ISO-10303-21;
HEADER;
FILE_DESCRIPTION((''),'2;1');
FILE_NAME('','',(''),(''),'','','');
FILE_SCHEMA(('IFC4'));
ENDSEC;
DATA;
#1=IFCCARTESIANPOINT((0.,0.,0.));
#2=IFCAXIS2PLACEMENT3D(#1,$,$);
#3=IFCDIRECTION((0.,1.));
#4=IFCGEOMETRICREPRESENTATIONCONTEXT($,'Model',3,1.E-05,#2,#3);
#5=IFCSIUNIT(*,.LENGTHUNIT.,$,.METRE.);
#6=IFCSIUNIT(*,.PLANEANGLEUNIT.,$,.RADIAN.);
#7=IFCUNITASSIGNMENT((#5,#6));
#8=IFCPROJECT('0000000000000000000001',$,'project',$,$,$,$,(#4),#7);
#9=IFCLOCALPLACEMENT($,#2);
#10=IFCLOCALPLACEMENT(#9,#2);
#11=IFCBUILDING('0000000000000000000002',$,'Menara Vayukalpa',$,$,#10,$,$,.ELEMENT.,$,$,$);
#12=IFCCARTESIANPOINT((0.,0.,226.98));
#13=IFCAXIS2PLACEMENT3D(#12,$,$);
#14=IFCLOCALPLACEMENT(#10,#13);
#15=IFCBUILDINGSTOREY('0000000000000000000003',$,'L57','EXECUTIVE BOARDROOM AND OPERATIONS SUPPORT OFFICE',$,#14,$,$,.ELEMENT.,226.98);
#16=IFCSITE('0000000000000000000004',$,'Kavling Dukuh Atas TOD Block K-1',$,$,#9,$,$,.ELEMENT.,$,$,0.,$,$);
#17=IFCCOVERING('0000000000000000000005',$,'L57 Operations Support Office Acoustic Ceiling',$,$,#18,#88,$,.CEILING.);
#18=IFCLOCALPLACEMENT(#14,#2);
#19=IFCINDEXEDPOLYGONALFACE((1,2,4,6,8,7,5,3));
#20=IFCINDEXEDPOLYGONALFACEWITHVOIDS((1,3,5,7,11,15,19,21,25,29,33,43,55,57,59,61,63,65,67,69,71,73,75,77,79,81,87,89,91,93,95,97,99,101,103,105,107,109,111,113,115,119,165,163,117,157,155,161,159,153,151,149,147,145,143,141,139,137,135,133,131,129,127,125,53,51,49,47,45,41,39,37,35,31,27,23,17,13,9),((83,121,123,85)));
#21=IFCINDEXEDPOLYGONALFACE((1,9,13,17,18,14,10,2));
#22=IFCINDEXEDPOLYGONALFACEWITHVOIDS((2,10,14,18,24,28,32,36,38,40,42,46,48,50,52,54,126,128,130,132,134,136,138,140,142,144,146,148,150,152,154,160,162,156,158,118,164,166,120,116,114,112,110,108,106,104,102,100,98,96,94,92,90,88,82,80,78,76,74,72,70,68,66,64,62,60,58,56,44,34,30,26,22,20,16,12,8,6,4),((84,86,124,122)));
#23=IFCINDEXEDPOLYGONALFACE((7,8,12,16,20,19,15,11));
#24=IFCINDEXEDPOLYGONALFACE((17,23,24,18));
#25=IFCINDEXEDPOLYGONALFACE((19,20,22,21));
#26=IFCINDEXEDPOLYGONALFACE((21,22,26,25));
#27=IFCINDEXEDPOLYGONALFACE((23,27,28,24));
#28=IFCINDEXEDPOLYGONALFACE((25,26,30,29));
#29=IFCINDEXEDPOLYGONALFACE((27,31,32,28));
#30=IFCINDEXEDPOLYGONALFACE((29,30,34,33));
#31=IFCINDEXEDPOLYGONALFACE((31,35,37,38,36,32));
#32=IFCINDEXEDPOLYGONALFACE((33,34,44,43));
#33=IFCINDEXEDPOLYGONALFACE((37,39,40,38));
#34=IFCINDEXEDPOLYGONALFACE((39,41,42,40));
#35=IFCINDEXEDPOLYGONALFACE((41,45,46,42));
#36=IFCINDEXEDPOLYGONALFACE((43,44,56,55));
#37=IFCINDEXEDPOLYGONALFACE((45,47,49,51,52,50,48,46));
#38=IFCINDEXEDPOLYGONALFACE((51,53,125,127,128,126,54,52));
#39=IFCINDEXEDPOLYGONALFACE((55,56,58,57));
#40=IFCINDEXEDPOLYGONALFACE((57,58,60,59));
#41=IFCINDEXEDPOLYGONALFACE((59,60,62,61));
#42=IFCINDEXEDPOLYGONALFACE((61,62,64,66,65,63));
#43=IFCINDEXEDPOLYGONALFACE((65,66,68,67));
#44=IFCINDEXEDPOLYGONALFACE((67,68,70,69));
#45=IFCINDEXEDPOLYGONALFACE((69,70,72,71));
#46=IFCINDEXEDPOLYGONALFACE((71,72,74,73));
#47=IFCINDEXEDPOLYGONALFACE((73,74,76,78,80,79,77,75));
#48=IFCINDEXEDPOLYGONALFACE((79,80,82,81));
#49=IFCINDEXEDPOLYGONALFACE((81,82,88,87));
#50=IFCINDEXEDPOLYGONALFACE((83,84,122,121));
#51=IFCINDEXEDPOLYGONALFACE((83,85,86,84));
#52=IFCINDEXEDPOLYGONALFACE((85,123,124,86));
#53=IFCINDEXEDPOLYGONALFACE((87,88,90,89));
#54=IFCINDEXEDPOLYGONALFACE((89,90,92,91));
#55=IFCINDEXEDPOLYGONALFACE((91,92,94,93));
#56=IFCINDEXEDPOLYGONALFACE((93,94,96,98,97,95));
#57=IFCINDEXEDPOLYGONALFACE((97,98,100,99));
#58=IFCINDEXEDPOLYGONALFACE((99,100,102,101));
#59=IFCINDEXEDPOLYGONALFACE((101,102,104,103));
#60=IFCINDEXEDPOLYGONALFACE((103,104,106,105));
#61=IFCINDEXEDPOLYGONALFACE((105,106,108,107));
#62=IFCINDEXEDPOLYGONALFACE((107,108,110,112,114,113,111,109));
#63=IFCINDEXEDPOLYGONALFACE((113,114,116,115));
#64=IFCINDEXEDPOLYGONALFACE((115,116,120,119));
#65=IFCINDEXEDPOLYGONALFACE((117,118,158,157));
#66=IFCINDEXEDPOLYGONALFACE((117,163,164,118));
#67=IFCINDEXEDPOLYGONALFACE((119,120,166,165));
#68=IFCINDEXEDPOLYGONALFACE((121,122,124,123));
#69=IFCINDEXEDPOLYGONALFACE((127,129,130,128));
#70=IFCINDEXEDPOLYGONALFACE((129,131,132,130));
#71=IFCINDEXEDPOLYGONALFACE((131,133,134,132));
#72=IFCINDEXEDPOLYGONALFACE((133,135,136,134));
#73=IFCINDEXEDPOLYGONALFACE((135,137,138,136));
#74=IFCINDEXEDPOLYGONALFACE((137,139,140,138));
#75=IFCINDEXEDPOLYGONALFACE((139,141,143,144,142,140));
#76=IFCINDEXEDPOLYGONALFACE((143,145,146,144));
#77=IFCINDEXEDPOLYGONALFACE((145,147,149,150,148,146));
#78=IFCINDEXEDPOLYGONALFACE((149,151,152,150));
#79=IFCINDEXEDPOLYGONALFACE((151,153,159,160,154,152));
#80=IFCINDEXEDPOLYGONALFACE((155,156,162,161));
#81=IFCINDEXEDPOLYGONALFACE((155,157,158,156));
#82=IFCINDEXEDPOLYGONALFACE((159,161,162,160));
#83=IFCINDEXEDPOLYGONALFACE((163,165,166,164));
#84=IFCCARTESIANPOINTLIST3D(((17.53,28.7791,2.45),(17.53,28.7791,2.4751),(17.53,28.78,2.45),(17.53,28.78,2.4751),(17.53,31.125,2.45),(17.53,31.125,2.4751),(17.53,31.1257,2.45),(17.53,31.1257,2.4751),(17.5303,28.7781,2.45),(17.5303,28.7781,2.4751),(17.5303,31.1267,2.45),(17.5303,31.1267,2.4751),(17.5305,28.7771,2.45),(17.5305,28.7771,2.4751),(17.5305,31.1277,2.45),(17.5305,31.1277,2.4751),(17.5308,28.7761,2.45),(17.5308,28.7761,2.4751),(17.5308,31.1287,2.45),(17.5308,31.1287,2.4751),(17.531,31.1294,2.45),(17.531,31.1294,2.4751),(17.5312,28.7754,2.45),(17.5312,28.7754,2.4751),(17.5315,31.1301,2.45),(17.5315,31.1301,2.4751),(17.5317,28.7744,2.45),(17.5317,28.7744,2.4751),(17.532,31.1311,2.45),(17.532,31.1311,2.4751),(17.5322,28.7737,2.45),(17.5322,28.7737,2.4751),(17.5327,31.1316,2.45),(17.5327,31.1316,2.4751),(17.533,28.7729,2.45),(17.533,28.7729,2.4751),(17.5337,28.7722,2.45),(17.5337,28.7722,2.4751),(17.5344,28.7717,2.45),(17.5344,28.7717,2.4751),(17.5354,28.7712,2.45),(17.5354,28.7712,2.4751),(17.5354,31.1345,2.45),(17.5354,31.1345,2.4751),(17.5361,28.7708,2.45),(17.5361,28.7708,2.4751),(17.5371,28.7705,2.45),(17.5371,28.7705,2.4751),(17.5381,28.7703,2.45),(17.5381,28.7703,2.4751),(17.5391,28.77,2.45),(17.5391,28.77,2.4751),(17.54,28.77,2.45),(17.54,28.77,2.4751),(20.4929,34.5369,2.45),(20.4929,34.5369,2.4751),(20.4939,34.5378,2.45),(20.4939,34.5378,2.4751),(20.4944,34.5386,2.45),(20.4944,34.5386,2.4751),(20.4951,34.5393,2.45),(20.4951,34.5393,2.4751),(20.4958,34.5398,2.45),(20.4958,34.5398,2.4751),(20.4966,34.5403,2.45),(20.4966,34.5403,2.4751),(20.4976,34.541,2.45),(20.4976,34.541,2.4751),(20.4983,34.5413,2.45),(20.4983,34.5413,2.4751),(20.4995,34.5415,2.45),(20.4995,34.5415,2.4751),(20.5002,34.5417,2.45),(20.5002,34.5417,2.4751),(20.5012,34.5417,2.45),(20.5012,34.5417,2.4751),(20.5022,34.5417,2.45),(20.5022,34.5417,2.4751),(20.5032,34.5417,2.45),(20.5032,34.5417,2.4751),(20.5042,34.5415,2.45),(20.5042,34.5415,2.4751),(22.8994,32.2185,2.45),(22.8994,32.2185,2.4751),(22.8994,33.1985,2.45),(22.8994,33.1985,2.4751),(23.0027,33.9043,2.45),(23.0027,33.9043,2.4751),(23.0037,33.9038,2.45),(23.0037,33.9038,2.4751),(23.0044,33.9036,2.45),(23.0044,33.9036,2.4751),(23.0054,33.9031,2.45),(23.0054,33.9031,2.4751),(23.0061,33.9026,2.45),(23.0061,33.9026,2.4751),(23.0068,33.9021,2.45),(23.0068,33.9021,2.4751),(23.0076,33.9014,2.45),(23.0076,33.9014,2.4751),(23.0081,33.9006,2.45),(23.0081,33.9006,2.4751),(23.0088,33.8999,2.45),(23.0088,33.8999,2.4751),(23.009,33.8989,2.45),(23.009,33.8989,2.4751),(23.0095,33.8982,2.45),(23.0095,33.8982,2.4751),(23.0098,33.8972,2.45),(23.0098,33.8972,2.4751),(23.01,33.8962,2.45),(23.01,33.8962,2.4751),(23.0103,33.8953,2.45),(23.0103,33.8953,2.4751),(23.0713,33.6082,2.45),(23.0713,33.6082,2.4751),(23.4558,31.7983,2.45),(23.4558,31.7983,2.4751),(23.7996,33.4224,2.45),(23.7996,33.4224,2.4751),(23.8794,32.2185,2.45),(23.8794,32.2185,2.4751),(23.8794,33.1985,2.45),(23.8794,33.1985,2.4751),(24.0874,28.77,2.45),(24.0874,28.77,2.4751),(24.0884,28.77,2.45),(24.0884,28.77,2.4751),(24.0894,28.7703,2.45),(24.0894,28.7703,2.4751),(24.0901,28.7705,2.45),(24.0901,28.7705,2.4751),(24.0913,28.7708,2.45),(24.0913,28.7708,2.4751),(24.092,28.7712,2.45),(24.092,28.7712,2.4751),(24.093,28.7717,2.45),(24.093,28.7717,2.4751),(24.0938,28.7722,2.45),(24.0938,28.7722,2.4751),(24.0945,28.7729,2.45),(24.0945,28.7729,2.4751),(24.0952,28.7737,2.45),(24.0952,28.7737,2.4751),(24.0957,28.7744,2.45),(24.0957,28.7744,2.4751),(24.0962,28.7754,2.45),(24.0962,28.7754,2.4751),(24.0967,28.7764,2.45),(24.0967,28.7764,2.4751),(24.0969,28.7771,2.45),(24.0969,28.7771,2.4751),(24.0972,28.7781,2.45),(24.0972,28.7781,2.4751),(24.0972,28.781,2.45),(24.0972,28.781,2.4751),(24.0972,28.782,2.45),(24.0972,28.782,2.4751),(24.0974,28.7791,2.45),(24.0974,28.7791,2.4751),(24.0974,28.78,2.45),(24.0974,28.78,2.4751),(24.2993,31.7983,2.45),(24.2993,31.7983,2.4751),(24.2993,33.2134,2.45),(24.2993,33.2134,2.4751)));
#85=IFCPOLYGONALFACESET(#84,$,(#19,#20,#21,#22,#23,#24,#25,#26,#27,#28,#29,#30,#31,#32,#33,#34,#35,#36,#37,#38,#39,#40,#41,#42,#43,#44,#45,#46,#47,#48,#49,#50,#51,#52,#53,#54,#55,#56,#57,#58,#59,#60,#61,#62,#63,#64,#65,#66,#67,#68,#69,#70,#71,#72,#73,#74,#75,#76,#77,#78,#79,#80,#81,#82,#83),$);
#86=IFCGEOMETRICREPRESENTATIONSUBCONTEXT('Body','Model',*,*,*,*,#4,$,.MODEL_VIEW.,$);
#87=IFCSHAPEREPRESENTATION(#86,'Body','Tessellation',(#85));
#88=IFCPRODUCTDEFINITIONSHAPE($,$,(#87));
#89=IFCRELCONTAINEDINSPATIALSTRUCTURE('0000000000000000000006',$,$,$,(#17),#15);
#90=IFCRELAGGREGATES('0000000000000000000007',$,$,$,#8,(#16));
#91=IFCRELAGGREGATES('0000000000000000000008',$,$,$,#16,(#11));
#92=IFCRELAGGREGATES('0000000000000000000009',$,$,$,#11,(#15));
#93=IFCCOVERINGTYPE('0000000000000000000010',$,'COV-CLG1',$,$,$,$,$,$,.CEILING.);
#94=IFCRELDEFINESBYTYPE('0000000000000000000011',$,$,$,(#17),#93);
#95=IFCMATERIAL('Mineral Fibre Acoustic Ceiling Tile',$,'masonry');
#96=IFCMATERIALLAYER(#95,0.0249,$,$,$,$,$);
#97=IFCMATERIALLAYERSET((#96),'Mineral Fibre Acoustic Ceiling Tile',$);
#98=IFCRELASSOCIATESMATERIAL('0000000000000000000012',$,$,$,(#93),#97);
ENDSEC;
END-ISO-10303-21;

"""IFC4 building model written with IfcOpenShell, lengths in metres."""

from ifc_helpers import new_model, si_unit, direction, frame, origin, place, context, subcontext, project, spatial, polyline, outline, extrude, material, layer, layer_set, type_object, element, save


model = new_model("IFC4")

# Units and contexts
model_context = context("Model", 3, precision=1e-05, world=origin(), true_north=direction((0.0, 1.0)))
body_context = subcontext(model_context, "Body", "Model", "MODEL_VIEW")
ifc_project = project(units=[si_unit("LENGTHUNIT", "METRE"), si_unit("PLANEANGLEUNIT", "RADIAN")], contexts=[model_context])

# Site, building, storey
site_placement = place(None, origin())
site = spatial("IfcSite", under=ifc_project, at=site_placement, Name="Kavling Dukuh Atas TOD Block K-1", CompositionType="ELEMENT", RefElevation=0.0)
building_placement = place(site_placement, origin())
building = spatial("IfcBuilding", under=site, at=building_placement, Name="Menara Vayukalpa", CompositionType="ELEMENT")
storey_placement = place(building_placement, frame((0.0, 0.0, 226.98)))
storey = spatial("IfcBuildingStorey", under=building, at=storey_placement, Name="L57", Description="EXECUTIVE BOARDROOM AND OPERATIONS SUPPORT OFFICE", CompositionType="ELEMENT", Elevation=226.98)

# Covering
ifc_material_1 = material(Name="Mineral Fibre Acoustic Ceiling Tile", Category="masonry")
ifc_layer_1 = layer(ifc_material_1, 0.0249)
ifc_layer_set_1 = layer_set([ifc_layer_1], Name="Mineral Fibre Acoustic Ceiling Tile")
covering_type_1 = type_object("IfcCoveringType", Name="COV-CLG1", PredefinedType="CEILING", material=ifc_layer_set_1)
covering_1_placement = place(storey_placement, frame((0.0, 0.0, 2.45)))
element("IfcCovering", 1, at=covering_1_placement, inside=storey, type_object=covering_type_1, Name="L57 Operations Support Office Acoustic Ceiling", PredefinedType="CEILING", context=body_context, shape_type="SweptSolid", body=[
    extrude(outline(polyline([(23.0044, 33.9036), (23.0054, 33.9031), (23.0061, 33.9026), (23.0068, 33.9021), (23.0076, 33.9014), (23.0081, 33.9006), (23.0088, 33.8999), (23.009, 33.8989), (23.0095, 33.8982), (23.0098, 33.8972), (23.01, 33.8962), (23.0103, 33.8953), (23.0713, 33.6082), (23.7996, 33.4224), (24.2993, 33.2134), (24.2993, 31.7983), (23.4558, 31.7983), (24.0972, 28.782), (24.0972, 28.781), (24.0974, 28.78), (24.0974, 28.7791), (24.0972, 28.7781), (24.0969, 28.7771), (24.0967, 28.7764), (24.0962, 28.7754), (24.0957, 28.7744), (24.0952, 28.7737), (24.0945, 28.7729), (24.0938, 28.7722), (24.093, 28.7717), (24.092, 28.7712), (24.0913, 28.7708), (24.0901, 28.7705), (24.0894, 28.7703), (24.0884, 28.77), (24.0874, 28.77), (17.54, 28.77), (17.5391, 28.77), (17.5381, 28.7703), (17.5371, 28.7705), (17.5361, 28.7708), (17.5354, 28.7712), (17.5344, 28.7717), (17.5337, 28.7722), (17.533, 28.7729), (17.5322, 28.7737), (17.5317, 28.7744), (17.5312, 28.7754), (17.5308, 28.7761), (17.5305, 28.7771), (17.5303, 28.7781), (17.53, 28.7791), (17.53, 28.78), (17.53, 31.125), (17.53, 31.1257), (17.5303, 31.1267), (17.5305, 31.1277), (17.5308, 31.1287), (17.531, 31.1294), (17.5315, 31.1301), (17.532, 31.1311), (17.5327, 31.1316), (17.5354, 31.1345), (20.4929, 34.5369), (20.4939, 34.5378), (20.4944, 34.5386), (20.4951, 34.5393), (20.4958, 34.5398), (20.4966, 34.5403), (20.4976, 34.541), (20.4983, 34.5413), (20.4995, 34.5415), (20.5002, 34.5417), (20.5012, 34.5417), (20.5022, 34.5417), (20.5032, 34.5417), (20.5042, 34.5415), (23.0027, 33.9043), (23.0037, 33.9038), (23.0044, 33.9036)]), holes=[polyline([(23.8794, 33.1985), (22.8994, 33.1985), (22.8994, 32.2185), (23.8794, 32.2185), (23.8794, 33.1985)])]), origin(), (0.0, 0.0, 1.0), 0.0251),
])

save(model, "model.ifc")
